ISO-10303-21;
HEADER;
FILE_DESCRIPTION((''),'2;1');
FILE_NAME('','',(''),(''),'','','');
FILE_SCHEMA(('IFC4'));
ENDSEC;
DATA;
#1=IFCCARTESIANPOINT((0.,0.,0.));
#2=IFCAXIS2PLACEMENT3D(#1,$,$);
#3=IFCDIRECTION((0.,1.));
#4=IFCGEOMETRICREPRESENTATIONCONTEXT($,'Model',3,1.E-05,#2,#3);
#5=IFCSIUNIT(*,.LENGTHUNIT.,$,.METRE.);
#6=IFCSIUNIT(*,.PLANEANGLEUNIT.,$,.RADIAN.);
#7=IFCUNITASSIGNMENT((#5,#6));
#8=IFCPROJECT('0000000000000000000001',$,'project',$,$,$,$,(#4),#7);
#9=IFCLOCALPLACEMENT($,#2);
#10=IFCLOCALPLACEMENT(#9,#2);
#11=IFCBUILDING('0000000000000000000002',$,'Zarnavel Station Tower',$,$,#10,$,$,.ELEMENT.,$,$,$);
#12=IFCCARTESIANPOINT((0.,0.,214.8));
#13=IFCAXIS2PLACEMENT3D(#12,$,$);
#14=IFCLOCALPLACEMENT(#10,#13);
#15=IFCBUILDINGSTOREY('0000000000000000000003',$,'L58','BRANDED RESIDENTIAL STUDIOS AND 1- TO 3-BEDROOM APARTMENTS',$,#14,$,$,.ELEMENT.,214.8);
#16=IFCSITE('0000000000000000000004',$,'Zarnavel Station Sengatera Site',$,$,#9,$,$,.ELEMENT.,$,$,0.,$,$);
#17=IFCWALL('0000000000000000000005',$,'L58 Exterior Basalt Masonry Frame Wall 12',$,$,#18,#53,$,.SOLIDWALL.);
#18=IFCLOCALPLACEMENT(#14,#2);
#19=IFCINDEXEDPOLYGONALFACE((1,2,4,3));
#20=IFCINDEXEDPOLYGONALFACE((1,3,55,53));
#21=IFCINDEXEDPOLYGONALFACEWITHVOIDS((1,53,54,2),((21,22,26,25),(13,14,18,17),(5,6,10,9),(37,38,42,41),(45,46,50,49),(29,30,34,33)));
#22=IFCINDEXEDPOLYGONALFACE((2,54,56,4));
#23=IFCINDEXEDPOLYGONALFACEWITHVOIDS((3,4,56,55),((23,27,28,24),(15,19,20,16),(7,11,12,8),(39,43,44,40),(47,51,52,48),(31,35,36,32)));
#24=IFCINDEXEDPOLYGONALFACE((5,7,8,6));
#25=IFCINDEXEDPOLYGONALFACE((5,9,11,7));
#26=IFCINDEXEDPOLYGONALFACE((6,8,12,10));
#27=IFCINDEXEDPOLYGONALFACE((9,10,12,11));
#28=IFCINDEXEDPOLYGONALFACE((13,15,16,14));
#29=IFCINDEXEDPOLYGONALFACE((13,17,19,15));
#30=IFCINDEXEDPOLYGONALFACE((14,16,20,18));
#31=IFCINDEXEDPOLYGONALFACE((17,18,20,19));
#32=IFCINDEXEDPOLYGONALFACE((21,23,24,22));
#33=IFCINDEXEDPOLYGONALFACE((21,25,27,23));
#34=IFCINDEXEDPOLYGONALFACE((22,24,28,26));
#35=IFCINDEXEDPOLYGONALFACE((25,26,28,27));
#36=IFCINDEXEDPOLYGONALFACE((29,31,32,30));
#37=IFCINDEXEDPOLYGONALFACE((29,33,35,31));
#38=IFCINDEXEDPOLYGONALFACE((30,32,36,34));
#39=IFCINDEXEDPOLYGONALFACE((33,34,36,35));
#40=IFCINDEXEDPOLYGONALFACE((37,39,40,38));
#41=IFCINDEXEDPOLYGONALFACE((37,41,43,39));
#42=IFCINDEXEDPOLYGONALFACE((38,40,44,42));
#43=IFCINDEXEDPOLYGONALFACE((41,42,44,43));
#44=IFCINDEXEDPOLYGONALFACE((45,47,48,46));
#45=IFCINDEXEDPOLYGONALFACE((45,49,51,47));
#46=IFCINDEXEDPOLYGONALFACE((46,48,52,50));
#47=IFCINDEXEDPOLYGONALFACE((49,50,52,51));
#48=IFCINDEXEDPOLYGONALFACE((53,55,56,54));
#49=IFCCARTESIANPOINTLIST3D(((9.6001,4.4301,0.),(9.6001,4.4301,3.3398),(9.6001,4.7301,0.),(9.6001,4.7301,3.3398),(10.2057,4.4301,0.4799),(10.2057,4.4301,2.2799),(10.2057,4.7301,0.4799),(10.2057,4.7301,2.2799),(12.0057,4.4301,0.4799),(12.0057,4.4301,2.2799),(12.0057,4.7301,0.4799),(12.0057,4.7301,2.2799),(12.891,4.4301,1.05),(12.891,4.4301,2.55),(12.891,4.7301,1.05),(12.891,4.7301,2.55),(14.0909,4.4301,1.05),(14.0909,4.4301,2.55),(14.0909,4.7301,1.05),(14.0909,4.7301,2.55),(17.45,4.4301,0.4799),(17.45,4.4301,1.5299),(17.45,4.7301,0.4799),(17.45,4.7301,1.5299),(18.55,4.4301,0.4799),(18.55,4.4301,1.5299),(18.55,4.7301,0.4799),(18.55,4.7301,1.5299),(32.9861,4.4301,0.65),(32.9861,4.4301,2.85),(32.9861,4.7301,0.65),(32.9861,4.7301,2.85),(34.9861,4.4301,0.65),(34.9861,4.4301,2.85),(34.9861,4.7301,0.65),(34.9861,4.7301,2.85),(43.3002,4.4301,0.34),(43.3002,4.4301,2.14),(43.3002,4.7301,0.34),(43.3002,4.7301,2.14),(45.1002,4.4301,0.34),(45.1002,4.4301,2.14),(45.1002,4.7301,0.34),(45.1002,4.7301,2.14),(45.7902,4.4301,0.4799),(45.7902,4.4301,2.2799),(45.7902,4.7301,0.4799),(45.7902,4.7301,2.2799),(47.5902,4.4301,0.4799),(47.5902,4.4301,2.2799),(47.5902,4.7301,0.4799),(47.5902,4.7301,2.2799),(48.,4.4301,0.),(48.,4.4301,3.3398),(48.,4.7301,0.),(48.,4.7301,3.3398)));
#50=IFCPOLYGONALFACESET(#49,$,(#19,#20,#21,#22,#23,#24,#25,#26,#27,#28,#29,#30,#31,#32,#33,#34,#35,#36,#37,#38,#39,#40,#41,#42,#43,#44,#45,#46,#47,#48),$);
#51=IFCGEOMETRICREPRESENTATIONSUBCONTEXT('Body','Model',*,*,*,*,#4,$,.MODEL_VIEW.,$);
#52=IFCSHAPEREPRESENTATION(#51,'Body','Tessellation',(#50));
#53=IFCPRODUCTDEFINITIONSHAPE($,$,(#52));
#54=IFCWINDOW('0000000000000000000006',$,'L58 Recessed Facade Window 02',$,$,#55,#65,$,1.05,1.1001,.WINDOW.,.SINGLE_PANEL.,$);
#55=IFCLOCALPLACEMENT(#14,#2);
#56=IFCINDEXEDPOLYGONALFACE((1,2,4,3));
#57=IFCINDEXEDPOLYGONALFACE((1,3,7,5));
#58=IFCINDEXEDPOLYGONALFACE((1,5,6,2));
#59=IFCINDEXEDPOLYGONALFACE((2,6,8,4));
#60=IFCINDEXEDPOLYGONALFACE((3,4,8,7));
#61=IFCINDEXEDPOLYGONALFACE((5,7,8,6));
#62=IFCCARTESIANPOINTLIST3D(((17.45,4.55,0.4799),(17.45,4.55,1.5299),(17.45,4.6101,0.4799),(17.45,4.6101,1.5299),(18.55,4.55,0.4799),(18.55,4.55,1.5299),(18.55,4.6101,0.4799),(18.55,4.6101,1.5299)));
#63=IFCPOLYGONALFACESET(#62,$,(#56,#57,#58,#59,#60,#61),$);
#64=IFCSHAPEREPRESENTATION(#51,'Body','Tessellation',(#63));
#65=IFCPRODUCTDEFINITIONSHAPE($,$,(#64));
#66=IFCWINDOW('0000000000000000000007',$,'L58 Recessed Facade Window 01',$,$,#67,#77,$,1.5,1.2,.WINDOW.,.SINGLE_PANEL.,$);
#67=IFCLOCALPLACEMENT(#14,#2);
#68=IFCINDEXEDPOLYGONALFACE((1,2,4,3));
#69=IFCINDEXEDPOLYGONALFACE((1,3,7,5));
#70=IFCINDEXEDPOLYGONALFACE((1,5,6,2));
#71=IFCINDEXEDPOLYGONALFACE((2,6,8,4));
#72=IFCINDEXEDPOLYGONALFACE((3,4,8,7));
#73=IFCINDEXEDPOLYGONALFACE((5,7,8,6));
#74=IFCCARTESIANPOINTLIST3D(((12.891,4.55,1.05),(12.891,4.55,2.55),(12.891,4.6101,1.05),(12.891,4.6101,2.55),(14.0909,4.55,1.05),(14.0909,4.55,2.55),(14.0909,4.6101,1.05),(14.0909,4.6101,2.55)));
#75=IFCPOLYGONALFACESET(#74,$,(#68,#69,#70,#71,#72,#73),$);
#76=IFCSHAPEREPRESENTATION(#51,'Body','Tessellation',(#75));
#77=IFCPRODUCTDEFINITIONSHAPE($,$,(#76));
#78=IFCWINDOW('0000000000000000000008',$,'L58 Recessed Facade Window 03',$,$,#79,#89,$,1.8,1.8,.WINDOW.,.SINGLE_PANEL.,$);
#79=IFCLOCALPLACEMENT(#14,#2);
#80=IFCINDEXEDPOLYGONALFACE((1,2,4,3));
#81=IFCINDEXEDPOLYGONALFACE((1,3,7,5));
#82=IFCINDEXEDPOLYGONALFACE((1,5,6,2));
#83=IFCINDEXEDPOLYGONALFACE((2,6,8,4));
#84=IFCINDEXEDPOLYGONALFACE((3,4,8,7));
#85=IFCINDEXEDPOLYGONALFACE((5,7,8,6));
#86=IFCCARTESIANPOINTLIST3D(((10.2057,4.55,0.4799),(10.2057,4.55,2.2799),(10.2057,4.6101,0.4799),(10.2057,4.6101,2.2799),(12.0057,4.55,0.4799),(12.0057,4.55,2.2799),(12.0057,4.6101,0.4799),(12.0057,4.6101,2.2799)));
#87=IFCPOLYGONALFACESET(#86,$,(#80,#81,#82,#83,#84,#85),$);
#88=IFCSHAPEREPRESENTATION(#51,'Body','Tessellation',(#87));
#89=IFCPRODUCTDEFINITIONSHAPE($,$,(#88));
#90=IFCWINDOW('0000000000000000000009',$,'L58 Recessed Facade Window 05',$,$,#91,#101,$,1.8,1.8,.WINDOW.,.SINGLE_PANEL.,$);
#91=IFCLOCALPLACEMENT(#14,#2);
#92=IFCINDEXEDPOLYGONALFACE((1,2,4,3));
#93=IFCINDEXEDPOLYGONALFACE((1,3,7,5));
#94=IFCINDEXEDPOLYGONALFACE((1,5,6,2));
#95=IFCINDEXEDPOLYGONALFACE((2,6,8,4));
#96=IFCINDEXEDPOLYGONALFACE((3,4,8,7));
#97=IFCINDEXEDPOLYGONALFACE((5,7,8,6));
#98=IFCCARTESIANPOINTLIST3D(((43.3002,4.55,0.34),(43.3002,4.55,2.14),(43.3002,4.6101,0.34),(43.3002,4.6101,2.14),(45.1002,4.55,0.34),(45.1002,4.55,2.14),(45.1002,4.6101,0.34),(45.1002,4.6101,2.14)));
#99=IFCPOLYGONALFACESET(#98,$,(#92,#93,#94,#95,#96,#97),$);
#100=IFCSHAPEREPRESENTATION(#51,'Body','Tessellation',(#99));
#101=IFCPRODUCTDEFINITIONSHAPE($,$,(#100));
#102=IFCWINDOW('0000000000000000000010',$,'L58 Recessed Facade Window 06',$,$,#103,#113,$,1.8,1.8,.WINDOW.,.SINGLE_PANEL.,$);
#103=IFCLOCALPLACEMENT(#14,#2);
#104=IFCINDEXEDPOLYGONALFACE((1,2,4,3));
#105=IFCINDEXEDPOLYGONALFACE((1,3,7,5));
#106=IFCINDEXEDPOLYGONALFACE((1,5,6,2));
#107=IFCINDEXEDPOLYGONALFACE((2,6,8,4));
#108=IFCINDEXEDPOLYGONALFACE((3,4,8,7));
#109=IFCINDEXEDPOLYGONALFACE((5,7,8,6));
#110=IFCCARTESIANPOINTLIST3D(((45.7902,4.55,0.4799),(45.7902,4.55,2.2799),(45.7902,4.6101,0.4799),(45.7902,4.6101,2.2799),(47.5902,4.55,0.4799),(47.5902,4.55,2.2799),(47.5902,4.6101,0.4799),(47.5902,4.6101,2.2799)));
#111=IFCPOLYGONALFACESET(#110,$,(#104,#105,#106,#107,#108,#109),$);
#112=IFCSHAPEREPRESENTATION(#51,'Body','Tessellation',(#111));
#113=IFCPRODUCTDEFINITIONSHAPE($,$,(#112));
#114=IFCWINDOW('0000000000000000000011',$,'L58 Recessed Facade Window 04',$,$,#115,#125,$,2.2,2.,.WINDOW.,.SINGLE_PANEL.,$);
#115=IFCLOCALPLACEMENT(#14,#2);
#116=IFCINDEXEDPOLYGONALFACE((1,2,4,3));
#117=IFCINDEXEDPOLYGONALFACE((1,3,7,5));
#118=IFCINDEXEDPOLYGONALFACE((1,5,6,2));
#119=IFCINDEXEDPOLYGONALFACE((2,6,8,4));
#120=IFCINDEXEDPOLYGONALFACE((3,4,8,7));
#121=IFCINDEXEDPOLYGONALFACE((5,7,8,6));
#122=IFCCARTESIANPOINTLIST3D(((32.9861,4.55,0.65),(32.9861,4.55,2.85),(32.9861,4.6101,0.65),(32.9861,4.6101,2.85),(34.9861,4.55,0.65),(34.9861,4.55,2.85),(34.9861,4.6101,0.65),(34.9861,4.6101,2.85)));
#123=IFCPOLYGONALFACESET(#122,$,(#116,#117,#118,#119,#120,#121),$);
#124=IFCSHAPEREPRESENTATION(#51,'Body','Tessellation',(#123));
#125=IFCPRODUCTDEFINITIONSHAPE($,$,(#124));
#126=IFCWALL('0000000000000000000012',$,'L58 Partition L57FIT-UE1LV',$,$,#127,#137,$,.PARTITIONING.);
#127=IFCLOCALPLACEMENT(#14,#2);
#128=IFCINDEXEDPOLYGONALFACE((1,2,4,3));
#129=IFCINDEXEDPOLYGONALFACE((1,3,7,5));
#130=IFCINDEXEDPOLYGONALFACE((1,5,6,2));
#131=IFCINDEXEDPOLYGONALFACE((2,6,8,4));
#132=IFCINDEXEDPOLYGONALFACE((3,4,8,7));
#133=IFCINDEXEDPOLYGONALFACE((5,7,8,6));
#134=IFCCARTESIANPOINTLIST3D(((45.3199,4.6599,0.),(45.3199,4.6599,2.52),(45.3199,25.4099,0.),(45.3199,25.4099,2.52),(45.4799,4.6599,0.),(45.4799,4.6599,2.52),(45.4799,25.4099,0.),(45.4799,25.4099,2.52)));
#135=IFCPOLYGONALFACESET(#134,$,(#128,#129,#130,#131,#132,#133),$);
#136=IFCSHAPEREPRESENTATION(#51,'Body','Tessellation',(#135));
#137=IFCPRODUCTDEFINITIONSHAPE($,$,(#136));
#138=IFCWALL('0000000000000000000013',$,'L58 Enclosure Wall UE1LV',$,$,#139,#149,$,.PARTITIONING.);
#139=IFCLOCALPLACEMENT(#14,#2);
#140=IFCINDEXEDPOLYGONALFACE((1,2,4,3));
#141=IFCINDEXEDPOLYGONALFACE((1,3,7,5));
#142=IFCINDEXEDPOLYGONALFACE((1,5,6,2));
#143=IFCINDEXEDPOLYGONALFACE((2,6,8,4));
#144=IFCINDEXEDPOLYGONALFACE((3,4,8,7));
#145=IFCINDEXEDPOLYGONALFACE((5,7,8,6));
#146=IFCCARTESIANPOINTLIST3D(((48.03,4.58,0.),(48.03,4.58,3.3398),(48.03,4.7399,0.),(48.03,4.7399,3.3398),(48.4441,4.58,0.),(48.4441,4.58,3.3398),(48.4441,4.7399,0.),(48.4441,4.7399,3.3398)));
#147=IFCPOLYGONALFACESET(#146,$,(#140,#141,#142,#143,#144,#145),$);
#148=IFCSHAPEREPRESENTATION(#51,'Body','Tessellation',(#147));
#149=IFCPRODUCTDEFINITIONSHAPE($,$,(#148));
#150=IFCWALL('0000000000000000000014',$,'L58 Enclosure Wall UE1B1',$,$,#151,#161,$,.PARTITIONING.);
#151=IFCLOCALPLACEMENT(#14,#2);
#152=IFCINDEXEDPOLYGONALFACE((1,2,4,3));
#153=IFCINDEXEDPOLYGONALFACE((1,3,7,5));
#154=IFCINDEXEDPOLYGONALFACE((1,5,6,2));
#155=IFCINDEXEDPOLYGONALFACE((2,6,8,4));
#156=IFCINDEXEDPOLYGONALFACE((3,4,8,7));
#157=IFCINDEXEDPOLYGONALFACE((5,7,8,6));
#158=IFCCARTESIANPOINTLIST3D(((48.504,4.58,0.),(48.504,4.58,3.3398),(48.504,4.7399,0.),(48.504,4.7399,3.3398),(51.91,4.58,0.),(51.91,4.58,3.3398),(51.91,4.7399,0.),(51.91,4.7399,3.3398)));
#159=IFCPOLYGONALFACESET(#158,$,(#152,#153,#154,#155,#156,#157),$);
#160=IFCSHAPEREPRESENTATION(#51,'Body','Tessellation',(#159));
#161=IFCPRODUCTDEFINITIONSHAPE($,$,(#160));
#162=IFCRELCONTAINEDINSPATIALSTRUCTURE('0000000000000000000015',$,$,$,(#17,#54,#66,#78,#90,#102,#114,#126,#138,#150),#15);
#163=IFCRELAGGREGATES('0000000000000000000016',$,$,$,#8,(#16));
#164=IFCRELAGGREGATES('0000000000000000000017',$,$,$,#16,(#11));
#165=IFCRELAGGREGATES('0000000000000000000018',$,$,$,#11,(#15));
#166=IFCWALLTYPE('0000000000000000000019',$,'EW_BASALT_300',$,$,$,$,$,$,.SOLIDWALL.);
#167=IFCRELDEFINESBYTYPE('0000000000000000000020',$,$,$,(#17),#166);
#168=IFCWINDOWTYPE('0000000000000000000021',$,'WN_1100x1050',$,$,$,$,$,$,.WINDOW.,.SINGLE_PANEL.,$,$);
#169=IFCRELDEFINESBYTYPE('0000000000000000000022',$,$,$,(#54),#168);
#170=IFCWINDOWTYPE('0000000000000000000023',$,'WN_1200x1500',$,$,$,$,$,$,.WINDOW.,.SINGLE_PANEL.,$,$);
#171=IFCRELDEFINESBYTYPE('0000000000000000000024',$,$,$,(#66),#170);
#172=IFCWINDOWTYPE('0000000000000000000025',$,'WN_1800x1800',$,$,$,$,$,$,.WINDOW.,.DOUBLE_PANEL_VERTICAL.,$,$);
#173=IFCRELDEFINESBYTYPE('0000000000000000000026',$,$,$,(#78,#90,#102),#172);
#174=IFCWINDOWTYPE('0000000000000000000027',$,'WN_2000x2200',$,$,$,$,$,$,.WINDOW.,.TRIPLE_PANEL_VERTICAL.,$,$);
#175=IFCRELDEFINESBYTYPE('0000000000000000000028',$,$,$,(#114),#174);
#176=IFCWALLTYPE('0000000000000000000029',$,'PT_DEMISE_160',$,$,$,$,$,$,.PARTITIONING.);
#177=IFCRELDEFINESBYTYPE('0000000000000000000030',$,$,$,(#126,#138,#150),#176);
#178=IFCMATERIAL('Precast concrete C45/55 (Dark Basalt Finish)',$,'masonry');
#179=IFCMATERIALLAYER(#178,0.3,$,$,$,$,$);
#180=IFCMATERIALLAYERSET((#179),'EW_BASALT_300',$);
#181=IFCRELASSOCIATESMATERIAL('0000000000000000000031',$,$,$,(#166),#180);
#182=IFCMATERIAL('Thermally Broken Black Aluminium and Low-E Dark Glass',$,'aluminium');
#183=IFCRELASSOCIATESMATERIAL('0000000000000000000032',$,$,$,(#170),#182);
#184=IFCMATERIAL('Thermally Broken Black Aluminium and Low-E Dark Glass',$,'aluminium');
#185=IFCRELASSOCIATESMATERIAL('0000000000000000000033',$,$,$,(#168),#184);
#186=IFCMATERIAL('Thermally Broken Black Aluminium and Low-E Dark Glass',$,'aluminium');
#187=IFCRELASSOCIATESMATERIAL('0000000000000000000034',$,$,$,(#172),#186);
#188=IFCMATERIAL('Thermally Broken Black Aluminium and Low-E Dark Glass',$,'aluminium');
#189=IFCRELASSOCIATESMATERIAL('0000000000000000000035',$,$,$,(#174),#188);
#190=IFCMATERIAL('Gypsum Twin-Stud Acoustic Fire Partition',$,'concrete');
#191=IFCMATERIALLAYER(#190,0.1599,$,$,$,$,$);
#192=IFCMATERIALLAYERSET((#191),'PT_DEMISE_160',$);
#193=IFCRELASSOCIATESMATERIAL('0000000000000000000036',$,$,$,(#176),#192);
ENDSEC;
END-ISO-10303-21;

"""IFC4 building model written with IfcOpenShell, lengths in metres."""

from ifc_helpers import new_model, si_unit, direction, frame, frame_2d, origin, place, context, subcontext, project, spatial, rectangle, extrude, material, layer, layer_set, type_object, element, fill, save


model = new_model("IFC4")

# Units and contexts
model_context = context("Model", 3, precision=1e-05, world=origin(), true_north=direction((0.0, 1.0)))
body_context = subcontext(model_context, "Body", "Model", "MODEL_VIEW")
ifc_project = project(units=[si_unit("LENGTHUNIT", "METRE"), si_unit("PLANEANGLEUNIT", "RADIAN")], contexts=[model_context])

# Site, building, storey
site_placement = place(None, origin())
site = spatial("IfcSite", under=ifc_project, at=site_placement, Name="Zarnavel Station Sengatera Site", CompositionType="ELEMENT", RefElevation=0.0)
building_placement = place(site_placement, origin())
building = spatial("IfcBuilding", under=site, at=building_placement, Name="Zarnavel Station Tower", CompositionType="ELEMENT")
storey_placement = place(building_placement, frame((0.0, 0.0, 214.8)))
storey = spatial("IfcBuildingStorey", under=building, at=storey_placement, Name="L58", Description="BRANDED RESIDENTIAL STUDIOS AND 1- TO 3-BEDROOM APARTMENTS", CompositionType="ELEMENT", Elevation=214.8)

# Shared definitions
ifc_material_1 = material(Name="Precast concrete C45/55 (Dark Basalt Finish)", Category="masonry")
ifc_layer_1 = layer(ifc_material_1, 0.3)
ifc_layer_set_1 = layer_set([ifc_layer_1], Name="EW_BASALT_300")
wall_type_1 = type_object("IfcWallType", Name="EW_BASALT_300", PredefinedType="SOLIDWALL", material=ifc_layer_set_1)
ifc_material_2 = material(Name="Thermally Broken Black Aluminium and Low-E Dark Glass", Category="aluminium")
window_type_1 = type_object("IfcWindowType", Name="WN_1200x1500", PartitioningType="SINGLE_PANEL", PredefinedType="WINDOW", material=ifc_material_2)

# Wall, openings, windows
wall_1_placement = place(storey_placement, frame((48.0, 4.5801, 0.0), z_axis=(0.0, 0.0, 1.0), x_axis=(-1.0, 0.0, 0.0)))
wall_1 = element("IfcWall", 1, at=wall_1_placement, inside=storey, type_object=wall_type_1, Name="L58 Exterior Basalt Masonry Frame Wall 12", PredefinedType="SOLIDWALL", context=body_context, shape_type="SweptSolid", body=[
    extrude(rectangle(XDim=38.3999, YDim=0.3, at=frame_2d((19.2, 0.0))), origin(), (0.0, 0.0, 1.0), 3.3398),
])
opening_1_placement = place(wall_1_placement, frame((33.9089, 0.0, 1.05)))
opening_1 = element("IfcOpeningElement", 2, at=opening_1_placement, cuts=wall_1, PredefinedType="OPENING", context=body_context, shape_type="SweptSolid", body=[
    extrude(rectangle(XDim=1.2, YDim=1.5, at=frame_2d((0.6001, 0.75))), frame((0.0, 0.1599, 0.0), z_axis=(0.0, -1.0, 0.0), x_axis=(1.0, 0.0, 0.0)), (0.0, 0.0, 1.0), 0.3201),
])
opening_2_placement = place(wall_1_placement, frame((29.45, 0.0, 0.48)))
opening_2 = element("IfcOpeningElement", 3, at=opening_2_placement, cuts=wall_1, PredefinedType="OPENING", context=body_context, shape_type="SweptSolid", body=[
    extrude(rectangle(XDim=1.1001, YDim=1.05, at=frame_2d((0.55, 0.5249))), frame((0.0, 0.1599, 0.0), z_axis=(0.0, -1.0, 0.0), x_axis=(1.0, 0.0, 0.0)), (0.0, 0.0, 1.0), 0.3201),
])
opening_3_placement = place(wall_1_placement, frame((35.9944, 0.0, 0.48)))
opening_3 = element("IfcOpeningElement", 4, at=opening_3_placement, cuts=wall_1, PredefinedType="OPENING", context=body_context, shape_type="SweptSolid", body=[
    extrude(rectangle(XDim=1.8, YDim=1.8, at=frame_2d((0.8999, 0.8999))), frame((0.0, 0.1599, 0.0), z_axis=(0.0, -1.0, 0.0), x_axis=(1.0, 0.0, 0.0)), (0.0, 0.0, 1.0), 0.3201),
])
opening_4_placement = place(wall_1_placement, frame((13.0139, 0.0, 0.6499)))
opening_4 = element("IfcOpeningElement", 5, at=opening_4_placement, cuts=wall_1, PredefinedType="OPENING", context=body_context, shape_type="SweptSolid", body=[
    extrude(rectangle(XDim=2.0, YDim=2.2, at=frame_2d((1.0, 1.1001))), frame((0.0, 0.1599, 0.0), z_axis=(0.0, -1.0, 0.0), x_axis=(1.0, 0.0, 0.0)), (0.0, 0.0, 1.0), 0.3201),
])
opening_5_placement = place(wall_1_placement, frame((2.8999, 0.0, 0.3401)))
opening_5 = element("IfcOpeningElement", 6, at=opening_5_placement, cuts=wall_1, PredefinedType="OPENING", context=body_context, shape_type="SweptSolid", body=[
    extrude(rectangle(XDim=1.8, YDim=1.8, at=frame_2d((0.8999, 0.8999))), frame((0.0, 0.1599, 0.0), z_axis=(0.0, -1.0, 0.0), x_axis=(1.0, 0.0, 0.0)), (0.0, 0.0, 1.0), 0.3201),
])
opening_6_placement = place(wall_1_placement, frame((0.4099, 0.0, 0.48)))
opening_6 = element("IfcOpeningElement", 7, at=opening_6_placement, cuts=wall_1, PredefinedType="OPENING", context=body_context, shape_type="SweptSolid", body=[
    extrude(rectangle(XDim=1.8, YDim=1.8, at=frame_2d((0.8999, 0.8999))), frame((0.0, 0.1599, 0.0), z_axis=(0.0, -1.0, 0.0), x_axis=(1.0, 0.0, 0.0)), (0.0, 0.0, 1.0), 0.3201),
])
ifc_material_3 = material(Name="Thermally Broken Black Aluminium and Low-E Dark Glass", Category="aluminium")
window_type_2 = type_object("IfcWindowType", Name="WN_1100x1050", PartitioningType="SINGLE_PANEL", PredefinedType="WINDOW", material=ifc_material_3)
window_1_placement = place(opening_2_placement, origin())
window_1 = element("IfcWindow", 8, at=window_1_placement, inside=storey, type_object=window_type_2, Name="L58 Recessed Facade Window 02", OverallHeight=1.05, OverallWidth=1.1001, PartitioningType="SINGLE_PANEL", PredefinedType="WINDOW", context=body_context, shape_type="SweptSolid", body=[
    extrude(rectangle(XDim=1.1001, YDim=1.05, at=frame_2d((0.55, 0.5249))), frame((0.0, 0.03, 0.0), z_axis=(0.0, -1.0, 0.0), x_axis=(1.0, 0.0, 0.0)), (0.0, 0.0, 1.0), 0.0601),
])
fill(opening_2, window_1)
window_2_placement = place(opening_1_placement, origin())
window_2 = element("IfcWindow", 9, at=window_2_placement, inside=storey, type_object=window_type_1, Name="L58 Recessed Facade Window 01", OverallHeight=1.5, OverallWidth=1.2, PartitioningType="SINGLE_PANEL", PredefinedType="WINDOW", context=body_context, shape_type="SweptSolid", body=[
    extrude(rectangle(XDim=1.2, YDim=1.5, at=frame_2d((0.6001, 0.75))), frame((0.0, 0.03, 0.0), z_axis=(0.0, -1.0, 0.0), x_axis=(1.0, 0.0, 0.0)), (0.0, 0.0, 1.0), 0.0601),
])
fill(opening_1, window_2)
ifc_material_4 = material(Name="Thermally Broken Black Aluminium and Low-E Dark Glass", Category="aluminium")
window_type_3 = type_object("IfcWindowType", Name="WN_1800x1800", PartitioningType="DOUBLE_PANEL_VERTICAL", PredefinedType="WINDOW", material=ifc_material_4)
window_3_placement = place(opening_3_placement, origin())
window_3 = element("IfcWindow", 10, at=window_3_placement, inside=storey, type_object=window_type_3, Name="L58 Recessed Facade Window 03", OverallHeight=1.8, OverallWidth=1.8, PartitioningType="SINGLE_PANEL", PredefinedType="WINDOW", context=body_context, shape_type="SweptSolid", body=[
    extrude(rectangle(XDim=1.8, YDim=1.8, at=frame_2d((0.8999, 0.8999))), frame((0.0, 0.03, 0.0), z_axis=(0.0, -1.0, 0.0), x_axis=(1.0, 0.0, 0.0)), (0.0, 0.0, 1.0), 0.0601),
])
fill(opening_3, window_3)
window_4_placement = place(opening_5_placement, origin())
window_4 = element("IfcWindow", 11, at=window_4_placement, inside=storey, type_object=window_type_3, Name="L58 Recessed Facade Window 05", OverallHeight=1.8, OverallWidth=1.8, PartitioningType="SINGLE_PANEL", PredefinedType="WINDOW", context=body_context, shape_type="SweptSolid", body=[
    extrude(rectangle(XDim=1.8, YDim=1.8, at=frame_2d((0.8999, 0.8999))), frame((0.0, 0.03, 0.0), z_axis=(0.0, -1.0, 0.0), x_axis=(1.0, 0.0, 0.0)), (0.0, 0.0, 1.0), 0.0601),
])
fill(opening_5, window_4)
window_5_placement = place(opening_6_placement, origin())
window_5 = element("IfcWindow", 12, at=window_5_placement, inside=storey, type_object=window_type_3, Name="L58 Recessed Facade Window 06", OverallHeight=1.8, OverallWidth=1.8, PartitioningType="SINGLE_PANEL", PredefinedType="WINDOW", context=body_context, shape_type="SweptSolid", body=[
    extrude(rectangle(XDim=1.8, YDim=1.8, at=frame_2d((0.8999, 0.8999))), frame((0.0, 0.03, 0.0), z_axis=(0.0, -1.0, 0.0), x_axis=(1.0, 0.0, 0.0)), (0.0, 0.0, 1.0), 0.0601),
])
fill(opening_6, window_5)
ifc_material_5 = material(Name="Thermally Broken Black Aluminium and Low-E Dark Glass", Category="aluminium")
window_type_4 = type_object("IfcWindowType", Name="WN_2000x2200", PartitioningType="TRIPLE_PANEL_VERTICAL", PredefinedType="WINDOW", material=ifc_material_5)
window_6_placement = place(opening_4_placement, origin())
window_6 = element("IfcWindow", 13, at=window_6_placement, inside=storey, type_object=window_type_4, Name="L58 Recessed Facade Window 04", OverallHeight=2.2, OverallWidth=2.0, PartitioningType="SINGLE_PANEL", PredefinedType="WINDOW", context=body_context, shape_type="SweptSolid", body=[
    extrude(rectangle(XDim=2.0, YDim=2.2, at=frame_2d((1.0, 1.1001))), frame((0.0, 0.03, 0.0), z_axis=(0.0, -1.0, 0.0), x_axis=(1.0, 0.0, 0.0)), (0.0, 0.0, 1.0), 0.0601),
])
fill(opening_4, window_6)

# Walls
ifc_material_6 = material(Name="Gypsum Twin-Stud Acoustic Fire Partition", Category="concrete")
ifc_layer_2 = layer(ifc_material_6, 0.1599)
ifc_layer_set_2 = layer_set([ifc_layer_2], Name="PT_DEMISE_160")
wall_type_2 = type_object("IfcWallType", Name="PT_DEMISE_160", PredefinedType="PARTITIONING", material=ifc_layer_set_2)
wall_2_placement = place(storey_placement, frame((45.3999, 4.6599, 0.0), z_axis=(0.0, 0.0, 1.0), x_axis=(0.0, 1.0, 0.0)))
element("IfcWall", 14, at=wall_2_placement, inside=storey, type_object=wall_type_2, Name="L58 Partition L57FIT-UE1LV", PredefinedType="PARTITIONING", context=body_context, shape_type="SweptSolid", body=[
    extrude(rectangle(XDim=20.75, YDim=0.1599, at=frame_2d((10.375, 0.0))), origin(), (0.0, 0.0, 1.0), 2.52),
])
wall_3_placement = place(storey_placement, frame((48.03, 4.6599, 0.0), z_axis=(0.0, 0.0, 1.0), x_axis=(1.0, 0.0, 0.0)))
element("IfcWall", 15, at=wall_3_placement, inside=storey, type_object=wall_type_2, Name="L58 Enclosure Wall UE1LV", PredefinedType="PARTITIONING", context=body_context, shape_type="SweptSolid", body=[
    extrude(rectangle(XDim=0.4141, YDim=0.1599, at=frame_2d((0.207, 0.0))), origin(), (0.0, 0.0, 1.0), 3.3398),
])
wall_4_placement = place(storey_placement, frame((48.5039, 4.6599, 0.0), z_axis=(0.0, 0.0, 1.0), x_axis=(1.0, 0.0, 0.0)))
element("IfcWall", 16, at=wall_4_placement, inside=storey, type_object=wall_type_2, Name="L58 Enclosure Wall UE1B1", PredefinedType="PARTITIONING", context=body_context, shape_type="SweptSolid", body=[
    extrude(rectangle(XDim=3.406, YDim=0.1599, at=frame_2d((1.7031, 0.0))), origin(), (0.0, 0.0, 1.0), 3.3398),
])

save(model, "model.ifc")
